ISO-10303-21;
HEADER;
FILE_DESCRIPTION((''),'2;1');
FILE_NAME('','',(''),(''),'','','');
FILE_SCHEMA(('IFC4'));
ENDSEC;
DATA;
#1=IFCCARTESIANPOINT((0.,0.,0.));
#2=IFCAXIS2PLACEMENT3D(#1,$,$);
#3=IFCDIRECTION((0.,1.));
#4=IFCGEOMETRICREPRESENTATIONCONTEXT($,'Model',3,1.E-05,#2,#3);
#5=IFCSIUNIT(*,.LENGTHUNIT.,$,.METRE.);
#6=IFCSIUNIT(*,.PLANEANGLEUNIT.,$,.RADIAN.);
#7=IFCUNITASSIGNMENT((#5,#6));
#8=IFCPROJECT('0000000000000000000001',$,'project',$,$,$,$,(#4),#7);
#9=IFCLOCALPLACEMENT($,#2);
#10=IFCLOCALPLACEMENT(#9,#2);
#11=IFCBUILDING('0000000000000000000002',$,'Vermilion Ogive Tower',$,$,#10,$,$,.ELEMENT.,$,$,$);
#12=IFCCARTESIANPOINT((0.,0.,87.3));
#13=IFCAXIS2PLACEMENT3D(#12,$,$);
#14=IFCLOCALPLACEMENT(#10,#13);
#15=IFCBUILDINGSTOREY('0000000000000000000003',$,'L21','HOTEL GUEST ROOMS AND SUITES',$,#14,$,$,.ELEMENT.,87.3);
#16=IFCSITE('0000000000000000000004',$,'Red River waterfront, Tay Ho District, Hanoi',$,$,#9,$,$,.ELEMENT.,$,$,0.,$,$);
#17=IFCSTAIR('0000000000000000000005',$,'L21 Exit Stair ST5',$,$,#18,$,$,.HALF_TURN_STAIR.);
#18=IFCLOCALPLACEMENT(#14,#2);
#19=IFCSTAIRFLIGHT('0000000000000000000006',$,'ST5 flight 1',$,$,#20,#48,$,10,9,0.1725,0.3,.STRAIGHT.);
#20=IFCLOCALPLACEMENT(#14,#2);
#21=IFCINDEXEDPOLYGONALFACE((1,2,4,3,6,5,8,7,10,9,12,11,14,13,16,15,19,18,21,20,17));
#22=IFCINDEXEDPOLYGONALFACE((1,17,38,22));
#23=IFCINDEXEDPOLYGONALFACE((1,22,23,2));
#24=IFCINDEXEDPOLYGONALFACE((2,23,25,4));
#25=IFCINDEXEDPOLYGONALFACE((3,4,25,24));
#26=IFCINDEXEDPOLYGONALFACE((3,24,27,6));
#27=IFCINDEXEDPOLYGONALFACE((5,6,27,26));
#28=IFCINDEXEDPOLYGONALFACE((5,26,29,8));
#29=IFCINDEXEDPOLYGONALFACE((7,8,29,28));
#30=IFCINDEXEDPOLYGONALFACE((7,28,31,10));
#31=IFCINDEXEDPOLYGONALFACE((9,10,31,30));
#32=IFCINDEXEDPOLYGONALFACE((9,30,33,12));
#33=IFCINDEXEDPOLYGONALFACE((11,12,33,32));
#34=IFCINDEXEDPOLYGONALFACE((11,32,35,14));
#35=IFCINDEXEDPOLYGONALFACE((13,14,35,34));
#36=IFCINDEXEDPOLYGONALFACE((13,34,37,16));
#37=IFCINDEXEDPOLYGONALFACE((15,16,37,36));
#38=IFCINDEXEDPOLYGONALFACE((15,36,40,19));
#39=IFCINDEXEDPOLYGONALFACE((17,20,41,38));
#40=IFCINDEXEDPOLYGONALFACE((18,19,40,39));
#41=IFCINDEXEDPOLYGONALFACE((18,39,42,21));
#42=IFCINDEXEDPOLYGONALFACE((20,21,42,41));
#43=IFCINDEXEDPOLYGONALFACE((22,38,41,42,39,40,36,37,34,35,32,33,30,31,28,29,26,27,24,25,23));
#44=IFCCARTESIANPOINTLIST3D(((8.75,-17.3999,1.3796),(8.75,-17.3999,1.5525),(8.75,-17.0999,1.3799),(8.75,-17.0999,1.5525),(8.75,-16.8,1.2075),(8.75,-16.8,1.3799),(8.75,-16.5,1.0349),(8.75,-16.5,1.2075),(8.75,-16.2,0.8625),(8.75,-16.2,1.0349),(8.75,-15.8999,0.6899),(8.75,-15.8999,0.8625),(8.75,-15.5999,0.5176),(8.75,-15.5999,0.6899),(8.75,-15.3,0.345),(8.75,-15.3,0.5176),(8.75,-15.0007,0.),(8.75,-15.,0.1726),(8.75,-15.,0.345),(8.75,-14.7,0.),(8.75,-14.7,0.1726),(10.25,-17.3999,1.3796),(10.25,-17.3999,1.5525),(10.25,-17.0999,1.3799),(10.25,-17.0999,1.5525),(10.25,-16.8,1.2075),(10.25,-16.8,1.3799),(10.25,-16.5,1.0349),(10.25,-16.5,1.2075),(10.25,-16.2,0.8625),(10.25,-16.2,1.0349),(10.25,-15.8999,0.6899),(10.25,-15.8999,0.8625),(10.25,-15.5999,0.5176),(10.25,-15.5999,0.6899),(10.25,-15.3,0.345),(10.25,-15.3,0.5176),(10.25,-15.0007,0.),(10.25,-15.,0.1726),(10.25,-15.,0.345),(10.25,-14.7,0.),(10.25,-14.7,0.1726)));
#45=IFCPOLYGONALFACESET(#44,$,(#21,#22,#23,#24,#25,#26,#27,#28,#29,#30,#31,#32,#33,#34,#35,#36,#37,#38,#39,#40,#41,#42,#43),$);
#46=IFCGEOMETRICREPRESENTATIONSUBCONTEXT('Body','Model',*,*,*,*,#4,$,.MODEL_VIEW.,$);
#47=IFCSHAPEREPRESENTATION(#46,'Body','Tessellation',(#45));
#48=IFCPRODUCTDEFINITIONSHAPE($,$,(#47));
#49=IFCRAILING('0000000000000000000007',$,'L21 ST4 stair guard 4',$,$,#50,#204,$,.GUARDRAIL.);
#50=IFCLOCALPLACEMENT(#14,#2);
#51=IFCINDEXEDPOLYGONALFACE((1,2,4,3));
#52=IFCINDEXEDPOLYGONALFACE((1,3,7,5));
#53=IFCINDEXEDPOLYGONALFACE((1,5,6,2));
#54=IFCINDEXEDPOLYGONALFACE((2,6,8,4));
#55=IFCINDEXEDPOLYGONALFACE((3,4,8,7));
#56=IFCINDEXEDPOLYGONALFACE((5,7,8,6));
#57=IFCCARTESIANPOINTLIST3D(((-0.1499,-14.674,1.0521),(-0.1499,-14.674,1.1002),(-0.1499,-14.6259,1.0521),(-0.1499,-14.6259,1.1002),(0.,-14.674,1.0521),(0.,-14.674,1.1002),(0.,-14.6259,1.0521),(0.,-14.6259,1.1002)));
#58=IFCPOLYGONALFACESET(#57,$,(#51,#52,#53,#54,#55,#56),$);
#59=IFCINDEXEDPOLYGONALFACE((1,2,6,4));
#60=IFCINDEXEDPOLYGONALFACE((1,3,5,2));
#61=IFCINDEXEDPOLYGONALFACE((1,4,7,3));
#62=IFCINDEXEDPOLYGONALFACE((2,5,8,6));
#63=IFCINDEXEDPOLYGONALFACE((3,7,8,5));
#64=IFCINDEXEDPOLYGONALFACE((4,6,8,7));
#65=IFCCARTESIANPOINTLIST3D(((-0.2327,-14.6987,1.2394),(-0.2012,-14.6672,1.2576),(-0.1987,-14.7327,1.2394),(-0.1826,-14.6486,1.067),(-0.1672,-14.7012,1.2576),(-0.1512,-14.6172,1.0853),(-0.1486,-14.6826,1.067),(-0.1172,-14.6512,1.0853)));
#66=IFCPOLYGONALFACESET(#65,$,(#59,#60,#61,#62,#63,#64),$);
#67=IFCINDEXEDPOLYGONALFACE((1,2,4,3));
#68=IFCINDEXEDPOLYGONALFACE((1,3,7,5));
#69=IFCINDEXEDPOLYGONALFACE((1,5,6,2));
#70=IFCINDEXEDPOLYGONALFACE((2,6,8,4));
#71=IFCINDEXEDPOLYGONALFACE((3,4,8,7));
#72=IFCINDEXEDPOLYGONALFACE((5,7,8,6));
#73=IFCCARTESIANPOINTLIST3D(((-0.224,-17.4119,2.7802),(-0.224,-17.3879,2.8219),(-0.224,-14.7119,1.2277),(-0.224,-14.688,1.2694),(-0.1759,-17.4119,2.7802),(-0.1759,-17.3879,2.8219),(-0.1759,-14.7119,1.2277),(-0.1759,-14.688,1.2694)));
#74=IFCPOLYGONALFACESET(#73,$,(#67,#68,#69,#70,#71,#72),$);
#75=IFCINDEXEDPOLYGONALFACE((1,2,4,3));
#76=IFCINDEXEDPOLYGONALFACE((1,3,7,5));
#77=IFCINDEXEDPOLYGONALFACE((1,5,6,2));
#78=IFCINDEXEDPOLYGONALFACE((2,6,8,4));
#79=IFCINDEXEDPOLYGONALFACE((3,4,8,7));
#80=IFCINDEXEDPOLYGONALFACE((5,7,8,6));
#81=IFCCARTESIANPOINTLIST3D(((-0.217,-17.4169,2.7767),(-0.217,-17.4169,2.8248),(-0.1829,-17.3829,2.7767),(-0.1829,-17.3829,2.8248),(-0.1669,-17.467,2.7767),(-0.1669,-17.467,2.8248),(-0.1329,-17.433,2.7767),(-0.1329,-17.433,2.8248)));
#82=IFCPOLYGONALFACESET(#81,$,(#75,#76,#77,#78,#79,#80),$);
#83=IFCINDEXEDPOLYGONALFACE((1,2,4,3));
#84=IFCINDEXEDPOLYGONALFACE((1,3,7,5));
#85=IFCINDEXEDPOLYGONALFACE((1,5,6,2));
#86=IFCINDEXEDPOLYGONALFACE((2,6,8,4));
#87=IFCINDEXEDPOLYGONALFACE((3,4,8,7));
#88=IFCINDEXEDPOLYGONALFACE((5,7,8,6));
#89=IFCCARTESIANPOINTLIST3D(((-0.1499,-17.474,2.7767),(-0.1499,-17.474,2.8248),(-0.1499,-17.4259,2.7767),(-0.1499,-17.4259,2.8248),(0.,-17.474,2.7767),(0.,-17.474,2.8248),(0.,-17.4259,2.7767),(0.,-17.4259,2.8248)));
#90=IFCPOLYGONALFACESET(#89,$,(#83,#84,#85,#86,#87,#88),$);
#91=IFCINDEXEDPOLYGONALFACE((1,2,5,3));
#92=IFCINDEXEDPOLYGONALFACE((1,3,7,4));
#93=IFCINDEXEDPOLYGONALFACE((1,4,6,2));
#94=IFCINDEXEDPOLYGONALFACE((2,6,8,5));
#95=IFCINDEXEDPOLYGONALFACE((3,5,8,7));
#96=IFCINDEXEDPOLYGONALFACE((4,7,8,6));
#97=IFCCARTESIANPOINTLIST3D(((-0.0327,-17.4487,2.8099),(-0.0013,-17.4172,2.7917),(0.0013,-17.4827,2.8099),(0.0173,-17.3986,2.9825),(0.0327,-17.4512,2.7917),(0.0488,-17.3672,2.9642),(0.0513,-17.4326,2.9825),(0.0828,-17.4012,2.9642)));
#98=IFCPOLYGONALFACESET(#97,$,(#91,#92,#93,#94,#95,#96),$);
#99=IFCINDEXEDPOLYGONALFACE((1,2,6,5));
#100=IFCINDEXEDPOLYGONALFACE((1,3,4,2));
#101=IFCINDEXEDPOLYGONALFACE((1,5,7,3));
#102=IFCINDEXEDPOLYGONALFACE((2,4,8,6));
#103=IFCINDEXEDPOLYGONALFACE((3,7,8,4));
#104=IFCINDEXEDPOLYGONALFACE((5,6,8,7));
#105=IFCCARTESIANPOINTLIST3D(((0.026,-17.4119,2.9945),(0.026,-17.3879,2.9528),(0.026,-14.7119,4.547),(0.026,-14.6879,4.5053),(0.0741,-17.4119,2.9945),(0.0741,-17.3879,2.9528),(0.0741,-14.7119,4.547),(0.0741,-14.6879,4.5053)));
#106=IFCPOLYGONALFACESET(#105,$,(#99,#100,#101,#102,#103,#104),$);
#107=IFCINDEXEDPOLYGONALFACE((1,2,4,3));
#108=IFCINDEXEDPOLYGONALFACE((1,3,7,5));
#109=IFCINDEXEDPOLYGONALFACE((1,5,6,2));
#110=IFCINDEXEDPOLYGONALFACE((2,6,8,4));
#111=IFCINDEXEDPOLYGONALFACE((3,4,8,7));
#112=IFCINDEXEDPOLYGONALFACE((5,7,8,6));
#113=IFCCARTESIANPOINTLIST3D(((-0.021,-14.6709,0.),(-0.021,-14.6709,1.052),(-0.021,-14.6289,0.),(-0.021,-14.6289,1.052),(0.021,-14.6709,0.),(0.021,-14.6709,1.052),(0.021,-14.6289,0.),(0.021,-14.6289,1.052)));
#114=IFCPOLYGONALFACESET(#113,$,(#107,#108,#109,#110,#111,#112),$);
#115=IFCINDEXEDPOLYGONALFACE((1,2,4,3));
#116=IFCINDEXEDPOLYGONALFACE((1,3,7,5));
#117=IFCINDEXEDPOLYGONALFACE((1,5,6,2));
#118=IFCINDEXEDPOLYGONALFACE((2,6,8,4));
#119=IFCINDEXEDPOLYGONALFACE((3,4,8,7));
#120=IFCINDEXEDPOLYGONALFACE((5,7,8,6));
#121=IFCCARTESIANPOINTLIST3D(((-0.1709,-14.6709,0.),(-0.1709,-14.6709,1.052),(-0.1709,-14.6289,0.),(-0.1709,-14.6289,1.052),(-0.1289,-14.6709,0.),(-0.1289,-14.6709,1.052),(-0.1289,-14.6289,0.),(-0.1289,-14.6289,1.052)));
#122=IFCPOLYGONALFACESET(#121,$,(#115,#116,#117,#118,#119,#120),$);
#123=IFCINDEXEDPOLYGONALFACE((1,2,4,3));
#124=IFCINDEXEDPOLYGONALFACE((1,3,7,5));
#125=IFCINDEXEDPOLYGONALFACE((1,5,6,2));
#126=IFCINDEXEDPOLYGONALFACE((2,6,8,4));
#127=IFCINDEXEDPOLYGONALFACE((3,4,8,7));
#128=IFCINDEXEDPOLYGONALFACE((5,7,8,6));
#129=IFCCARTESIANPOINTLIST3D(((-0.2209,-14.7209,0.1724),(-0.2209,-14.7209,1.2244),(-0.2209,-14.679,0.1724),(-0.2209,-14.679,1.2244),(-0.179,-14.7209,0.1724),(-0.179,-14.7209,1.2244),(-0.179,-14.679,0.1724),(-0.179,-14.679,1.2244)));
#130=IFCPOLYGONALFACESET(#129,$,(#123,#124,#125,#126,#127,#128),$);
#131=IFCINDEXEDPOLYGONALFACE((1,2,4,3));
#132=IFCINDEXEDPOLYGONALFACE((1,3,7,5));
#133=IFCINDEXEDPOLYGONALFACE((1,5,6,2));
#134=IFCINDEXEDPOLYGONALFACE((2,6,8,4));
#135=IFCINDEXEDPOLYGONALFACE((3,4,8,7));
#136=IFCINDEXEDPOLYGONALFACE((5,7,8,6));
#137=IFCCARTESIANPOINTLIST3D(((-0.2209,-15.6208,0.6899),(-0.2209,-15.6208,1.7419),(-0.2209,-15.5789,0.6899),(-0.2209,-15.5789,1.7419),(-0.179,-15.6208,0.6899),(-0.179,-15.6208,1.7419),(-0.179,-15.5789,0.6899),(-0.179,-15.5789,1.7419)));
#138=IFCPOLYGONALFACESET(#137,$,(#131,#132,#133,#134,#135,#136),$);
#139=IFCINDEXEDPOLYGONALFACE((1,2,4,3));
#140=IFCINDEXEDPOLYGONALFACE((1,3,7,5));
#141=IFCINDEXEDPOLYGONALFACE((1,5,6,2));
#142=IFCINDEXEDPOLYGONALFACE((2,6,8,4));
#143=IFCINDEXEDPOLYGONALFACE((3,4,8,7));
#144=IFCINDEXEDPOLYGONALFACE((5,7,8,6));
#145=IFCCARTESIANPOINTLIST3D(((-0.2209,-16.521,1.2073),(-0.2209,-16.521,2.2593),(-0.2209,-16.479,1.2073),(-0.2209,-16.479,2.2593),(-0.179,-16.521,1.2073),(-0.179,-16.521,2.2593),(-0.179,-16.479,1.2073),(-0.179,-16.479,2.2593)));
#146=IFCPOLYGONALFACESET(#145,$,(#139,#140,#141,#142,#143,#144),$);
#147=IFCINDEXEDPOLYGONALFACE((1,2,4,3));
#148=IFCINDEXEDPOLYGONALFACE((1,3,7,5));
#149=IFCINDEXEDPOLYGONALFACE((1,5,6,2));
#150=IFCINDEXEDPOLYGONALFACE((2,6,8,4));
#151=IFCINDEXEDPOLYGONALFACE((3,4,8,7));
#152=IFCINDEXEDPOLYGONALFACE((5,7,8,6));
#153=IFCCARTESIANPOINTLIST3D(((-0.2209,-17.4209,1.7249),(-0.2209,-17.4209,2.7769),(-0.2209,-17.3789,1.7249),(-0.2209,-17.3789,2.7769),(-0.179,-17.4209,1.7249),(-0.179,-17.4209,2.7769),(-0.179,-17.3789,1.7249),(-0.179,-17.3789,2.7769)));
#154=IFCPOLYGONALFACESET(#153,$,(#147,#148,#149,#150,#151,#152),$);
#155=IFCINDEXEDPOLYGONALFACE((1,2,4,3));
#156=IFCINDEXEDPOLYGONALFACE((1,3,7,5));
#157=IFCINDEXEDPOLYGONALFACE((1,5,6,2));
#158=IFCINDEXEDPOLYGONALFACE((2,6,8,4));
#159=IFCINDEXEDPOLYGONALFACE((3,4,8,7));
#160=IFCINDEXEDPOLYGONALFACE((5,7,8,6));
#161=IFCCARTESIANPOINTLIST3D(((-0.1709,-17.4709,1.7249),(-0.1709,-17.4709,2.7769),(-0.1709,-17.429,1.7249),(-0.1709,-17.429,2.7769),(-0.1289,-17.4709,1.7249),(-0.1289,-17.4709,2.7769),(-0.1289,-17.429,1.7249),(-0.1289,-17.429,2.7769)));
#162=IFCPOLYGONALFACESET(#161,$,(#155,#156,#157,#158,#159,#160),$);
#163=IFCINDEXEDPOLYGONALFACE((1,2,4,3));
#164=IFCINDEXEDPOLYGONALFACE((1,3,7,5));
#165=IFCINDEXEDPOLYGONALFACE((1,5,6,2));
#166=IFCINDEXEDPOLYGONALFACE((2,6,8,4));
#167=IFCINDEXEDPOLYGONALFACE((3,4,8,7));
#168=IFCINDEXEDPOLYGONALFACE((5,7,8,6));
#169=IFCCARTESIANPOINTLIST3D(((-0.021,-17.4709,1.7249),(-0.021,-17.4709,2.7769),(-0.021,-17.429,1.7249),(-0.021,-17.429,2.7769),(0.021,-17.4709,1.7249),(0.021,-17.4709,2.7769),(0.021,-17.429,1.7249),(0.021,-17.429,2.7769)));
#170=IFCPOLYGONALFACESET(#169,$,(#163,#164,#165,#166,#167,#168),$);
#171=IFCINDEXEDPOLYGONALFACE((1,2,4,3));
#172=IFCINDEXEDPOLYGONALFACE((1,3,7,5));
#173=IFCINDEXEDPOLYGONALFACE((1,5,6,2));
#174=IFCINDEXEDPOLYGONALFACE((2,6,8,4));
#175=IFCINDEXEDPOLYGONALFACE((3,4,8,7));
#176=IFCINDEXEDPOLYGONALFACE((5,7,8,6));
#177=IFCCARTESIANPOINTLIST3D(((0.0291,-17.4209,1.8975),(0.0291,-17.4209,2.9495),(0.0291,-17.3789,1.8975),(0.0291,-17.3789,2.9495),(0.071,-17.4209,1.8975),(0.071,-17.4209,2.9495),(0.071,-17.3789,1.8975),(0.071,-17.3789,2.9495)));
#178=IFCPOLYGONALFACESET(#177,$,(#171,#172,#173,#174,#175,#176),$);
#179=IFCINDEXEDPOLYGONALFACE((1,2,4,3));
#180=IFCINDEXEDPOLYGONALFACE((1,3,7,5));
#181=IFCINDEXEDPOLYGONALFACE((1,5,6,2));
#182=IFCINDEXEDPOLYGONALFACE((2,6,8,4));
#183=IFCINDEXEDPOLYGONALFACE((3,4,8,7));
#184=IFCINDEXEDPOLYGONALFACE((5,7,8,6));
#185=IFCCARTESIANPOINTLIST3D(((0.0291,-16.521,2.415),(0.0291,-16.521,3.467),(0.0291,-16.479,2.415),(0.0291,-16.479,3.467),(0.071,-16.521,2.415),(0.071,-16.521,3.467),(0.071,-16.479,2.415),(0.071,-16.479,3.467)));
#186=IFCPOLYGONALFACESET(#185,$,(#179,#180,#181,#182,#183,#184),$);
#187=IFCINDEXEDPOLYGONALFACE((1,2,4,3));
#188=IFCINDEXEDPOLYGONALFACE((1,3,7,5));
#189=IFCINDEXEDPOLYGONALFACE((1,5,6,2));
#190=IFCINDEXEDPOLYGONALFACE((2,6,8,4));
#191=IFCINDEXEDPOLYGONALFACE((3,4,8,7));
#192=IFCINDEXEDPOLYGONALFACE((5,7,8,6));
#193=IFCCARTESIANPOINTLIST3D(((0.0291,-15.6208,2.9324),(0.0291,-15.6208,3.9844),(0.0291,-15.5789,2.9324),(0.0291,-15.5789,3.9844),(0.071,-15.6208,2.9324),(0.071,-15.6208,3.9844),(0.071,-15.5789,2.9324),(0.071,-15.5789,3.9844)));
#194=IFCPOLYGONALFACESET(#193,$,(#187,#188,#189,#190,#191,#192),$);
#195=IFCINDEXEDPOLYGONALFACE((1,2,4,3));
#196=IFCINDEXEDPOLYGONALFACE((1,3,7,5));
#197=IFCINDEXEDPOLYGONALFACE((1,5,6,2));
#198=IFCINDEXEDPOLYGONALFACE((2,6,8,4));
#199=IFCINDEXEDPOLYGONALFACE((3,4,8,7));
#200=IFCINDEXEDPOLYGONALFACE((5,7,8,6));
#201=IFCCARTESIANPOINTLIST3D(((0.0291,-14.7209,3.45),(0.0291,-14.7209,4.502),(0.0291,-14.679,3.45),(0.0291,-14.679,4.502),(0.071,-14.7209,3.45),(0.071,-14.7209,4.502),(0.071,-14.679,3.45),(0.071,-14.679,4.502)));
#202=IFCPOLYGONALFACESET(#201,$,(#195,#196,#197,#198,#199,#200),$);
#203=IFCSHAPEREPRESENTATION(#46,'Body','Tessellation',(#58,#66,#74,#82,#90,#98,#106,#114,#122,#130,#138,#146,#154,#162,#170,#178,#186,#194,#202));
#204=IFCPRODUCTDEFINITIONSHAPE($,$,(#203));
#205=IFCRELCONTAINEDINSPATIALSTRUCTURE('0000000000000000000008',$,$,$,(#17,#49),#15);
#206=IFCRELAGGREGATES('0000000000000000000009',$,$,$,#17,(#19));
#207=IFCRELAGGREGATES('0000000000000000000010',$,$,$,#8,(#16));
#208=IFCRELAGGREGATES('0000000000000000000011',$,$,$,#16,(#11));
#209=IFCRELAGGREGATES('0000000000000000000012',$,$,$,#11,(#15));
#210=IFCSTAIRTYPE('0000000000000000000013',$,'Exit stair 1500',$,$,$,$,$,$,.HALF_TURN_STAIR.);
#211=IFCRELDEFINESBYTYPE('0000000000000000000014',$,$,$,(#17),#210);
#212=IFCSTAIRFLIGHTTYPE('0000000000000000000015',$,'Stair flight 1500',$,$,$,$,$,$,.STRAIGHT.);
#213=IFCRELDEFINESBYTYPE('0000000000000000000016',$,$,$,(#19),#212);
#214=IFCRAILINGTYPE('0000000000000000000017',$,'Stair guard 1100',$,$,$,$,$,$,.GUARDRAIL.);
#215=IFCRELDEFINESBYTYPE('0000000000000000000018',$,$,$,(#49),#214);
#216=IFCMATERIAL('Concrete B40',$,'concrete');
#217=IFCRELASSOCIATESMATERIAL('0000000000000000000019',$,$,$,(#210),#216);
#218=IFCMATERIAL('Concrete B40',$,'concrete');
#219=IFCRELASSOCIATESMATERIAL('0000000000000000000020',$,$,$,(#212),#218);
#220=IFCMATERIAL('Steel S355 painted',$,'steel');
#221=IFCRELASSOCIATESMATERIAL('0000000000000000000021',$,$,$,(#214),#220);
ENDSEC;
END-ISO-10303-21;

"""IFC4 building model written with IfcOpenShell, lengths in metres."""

from ifc_helpers import new_model, si_unit, direction, frame, origin, origin_2d, place, context, subcontext, project, spatial, polyline, rectangle, outline, extrude, material, type_object, element, aggregate, save


model = new_model("IFC4")

# Units and contexts
model_context = context("Model", 3, precision=1e-05, world=origin(), true_north=direction((0.0, 1.0)))
body_context = subcontext(model_context, "Body", "Model", "MODEL_VIEW")
ifc_project = project(units=[si_unit("LENGTHUNIT", "METRE"), si_unit("PLANEANGLEUNIT", "RADIAN")], contexts=[model_context])

# Site, building, storey
site_placement = place(None, origin())
site = spatial("IfcSite", under=ifc_project, at=site_placement, Name="Red River waterfront, Tay Ho District, Hanoi", CompositionType="ELEMENT", RefElevation=0.0)
building_placement = place(site_placement, origin())
building = spatial("IfcBuilding", under=site, at=building_placement, Name="Vermilion Ogive Tower", CompositionType="ELEMENT")
storey_placement = place(building_placement, frame((0.0, 0.0, 87.3)))
storey = spatial("IfcBuildingStorey", under=building, at=storey_placement, Name="L21", Description="HOTEL GUEST ROOMS AND SUITES", CompositionType="ELEMENT", Elevation=87.3)

# Stair, stair flight
ifc_material_1 = material(Name="Concrete B40", Category="concrete")
stair_type = type_object("IfcStairType", Name="Exit stair 1500", PredefinedType="HALF_TURN_STAIR", material=ifc_material_1)
stair_placement = place(storey_placement, origin())
stair = element("IfcStair", 1, at=stair_placement, inside=storey, type_object=stair_type, Name="L21 Exit Stair ST5", PredefinedType="HALF_TURN_STAIR")
ifc_material_2 = material(Name="Concrete B40", Category="concrete")
stair_flight_type = type_object("IfcStairFlightType", Name="Stair flight 1500", PredefinedType="STRAIGHT", material=ifc_material_2)
stair_flight_placement = place(storey_placement, frame((9.5, -14.7, 0.0), z_axis=(0.0, 0.0, 1.0), x_axis=(0.0, -1.0, 0.0)))
stair_flight = element("IfcStairFlight", 2, at=stair_flight_placement, type_object=stair_flight_type, Name="ST5 flight 1", NumberOfRisers=10, NumberOfTreads=9, PredefinedType="STRAIGHT", RiserHeight=0.1725, TreadLength=0.3, context=body_context, shape_type="SweptSolid", body=[
    extrude(outline(polyline([(0.0, 0.0), (0.0, 0.1726), (0.3, 0.1726), (0.3, 0.345), (0.6001, 0.345), (0.6001, 0.5176), (0.8999, 0.5176), (0.8999, 0.6899), (1.2, 0.6899), (1.2, 0.8625), (1.5, 0.8625), (1.5, 1.0349), (1.8, 1.0349), (1.8, 1.2075), (2.1001, 1.2075), (2.1001, 1.3799), (2.3999, 1.3799), (2.3999, 1.5525), (2.7, 1.5525), (2.7, 1.7251), (2.7, 1.3796), (0.3008, 0.0), (0.0, 0.0)])), frame((0.0, 0.75, 0.0), z_axis=(0.0, -1.0, 0.0), x_axis=(1.0, 0.0, 0.0)), (0.0, 0.0, 1.0), 1.5),
])
aggregate(stair, [stair_flight])

# Railing
ifc_material_3 = material(Name="Steel S355 painted", Category="steel")
railing_type_1 = type_object("IfcRailingType", Name="Stair guard 1100", PredefinedType="GUARDRAIL", material=ifc_material_3)
railing_1_placement = place(storey_placement, frame((0.0, -14.6499, 0.0)))
element("IfcRailing", 3, at=railing_1_placement, inside=storey, type_object=railing_type_1, Name="L21 ST4 stair guard 4", PredefinedType="GUARDRAIL", context=body_context, shape_type="SweptSolid", body=[
    extrude(rectangle(XDim=0.0481, YDim=0.0481, at=origin_2d()), frame((0.0, 0.0, 1.0762), z_axis=(-1.0, 0.0, 0.0), x_axis=(0.0, -1.0, 0.0)), (0.0, 0.0, 1.0), 0.1499),
    extrude(rectangle(XDim=0.0481, YDim=0.0481, at=origin_2d()), frame((-0.1499, 0.0, 1.0762), z_axis=(-0.268603, -0.268603, 0.925043), x_axis=(0.707107, -0.707107, 0.0)), (0.0, 0.0, 1.0), 0.1863),
    extrude(rectangle(XDim=0.0481, YDim=0.0481, at=origin_2d()), frame((-0.2, -0.05, 1.2485), z_axis=(0.0, -0.866904, 0.498476), x_axis=(1.0, 0.0, 0.0)), (0.0, 0.0, 1.0), 3.1145),
    extrude(rectangle(XDim=0.0481, YDim=0.0481, at=origin_2d()), frame((-0.2, -2.75, 2.8008), z_axis=(0.707107, -0.707107, 0.0), x_axis=(0.707107, 0.707107, 0.0)), (0.0, 0.0, 1.0), 0.0708),
    extrude(rectangle(XDim=0.0481, YDim=0.0481, at=origin_2d()), frame((-0.1499, -2.8, 2.8008), z_axis=(1.0, 0.0, 0.0), x_axis=(0.0, 1.0, 0.0)), (0.0, 0.0, 1.0), 0.1499),
    extrude(rectangle(XDim=0.0481, YDim=0.0481, at=origin_2d()), frame((0.0, -2.8, 2.8008), z_axis=(0.268278, 0.268278, 0.925232), x_axis=(-0.707107, 0.707107, 0.0)), (0.0, 0.0, 1.0), 0.1865),
    extrude(rectangle(XDim=0.0481, YDim=0.0481, at=origin_2d()), frame((0.05, -2.75, 2.9736), z_axis=(0.0, 0.866904, 0.498476), x_axis=(-1.0, 0.0, 0.0)), (0.0, 0.0, 1.0), 3.1145),
    extrude(rectangle(XDim=0.042, YDim=0.042, at=origin_2d()), origin(), (0.0, 0.0, 1.0), 1.052),
    extrude(rectangle(XDim=0.042, YDim=0.042, at=origin_2d()), frame((-0.1499, 0.0, 0.0)), (0.0, 0.0, 1.0), 1.052),
    extrude(rectangle(XDim=0.042, YDim=0.042, at=origin_2d()), frame((-0.2, -0.05, 0.1724)), (0.0, 0.0, 1.0), 1.052),
    extrude(rectangle(XDim=0.042, YDim=0.042, at=origin_2d()), frame((-0.2, -0.95, 0.6899)), (0.0, 0.0, 1.0), 1.052),
    extrude(rectangle(XDim=0.042, YDim=0.042, at=origin_2d()), frame((-0.2, -1.8501, 1.2073)), (0.0, 0.0, 1.0), 1.052),
    extrude(rectangle(XDim=0.042, YDim=0.042, at=origin_2d()), frame((-0.2, -2.75, 1.7249)), (0.0, 0.0, 1.0), 1.052),
    extrude(rectangle(XDim=0.042, YDim=0.042, at=origin_2d()), frame((-0.1499, -2.8, 1.7249)), (0.0, 0.0, 1.0), 1.052),
    extrude(rectangle(XDim=0.042, YDim=0.042, at=origin_2d()), frame((0.0, -2.8, 1.7249)), (0.0, 0.0, 1.0), 1.052),
    extrude(rectangle(XDim=0.042, YDim=0.042, at=origin_2d()), frame((0.05, -2.75, 1.8975)), (0.0, 0.0, 1.0), 1.052),
    extrude(rectangle(XDim=0.042, YDim=0.042, at=origin_2d()), frame((0.05, -1.8501, 2.415)), (0.0, 0.0, 1.0), 1.052),
    extrude(rectangle(XDim=0.042, YDim=0.042, at=origin_2d()), frame((0.05, -0.95, 2.9324)), (0.0, 0.0, 1.0), 1.052),
    extrude(rectangle(XDim=0.042, YDim=0.042, at=origin_2d()), frame((0.05, -0.05, 3.45)), (0.0, 0.0, 1.0), 1.052),
])

save(model, "model.ifc")
